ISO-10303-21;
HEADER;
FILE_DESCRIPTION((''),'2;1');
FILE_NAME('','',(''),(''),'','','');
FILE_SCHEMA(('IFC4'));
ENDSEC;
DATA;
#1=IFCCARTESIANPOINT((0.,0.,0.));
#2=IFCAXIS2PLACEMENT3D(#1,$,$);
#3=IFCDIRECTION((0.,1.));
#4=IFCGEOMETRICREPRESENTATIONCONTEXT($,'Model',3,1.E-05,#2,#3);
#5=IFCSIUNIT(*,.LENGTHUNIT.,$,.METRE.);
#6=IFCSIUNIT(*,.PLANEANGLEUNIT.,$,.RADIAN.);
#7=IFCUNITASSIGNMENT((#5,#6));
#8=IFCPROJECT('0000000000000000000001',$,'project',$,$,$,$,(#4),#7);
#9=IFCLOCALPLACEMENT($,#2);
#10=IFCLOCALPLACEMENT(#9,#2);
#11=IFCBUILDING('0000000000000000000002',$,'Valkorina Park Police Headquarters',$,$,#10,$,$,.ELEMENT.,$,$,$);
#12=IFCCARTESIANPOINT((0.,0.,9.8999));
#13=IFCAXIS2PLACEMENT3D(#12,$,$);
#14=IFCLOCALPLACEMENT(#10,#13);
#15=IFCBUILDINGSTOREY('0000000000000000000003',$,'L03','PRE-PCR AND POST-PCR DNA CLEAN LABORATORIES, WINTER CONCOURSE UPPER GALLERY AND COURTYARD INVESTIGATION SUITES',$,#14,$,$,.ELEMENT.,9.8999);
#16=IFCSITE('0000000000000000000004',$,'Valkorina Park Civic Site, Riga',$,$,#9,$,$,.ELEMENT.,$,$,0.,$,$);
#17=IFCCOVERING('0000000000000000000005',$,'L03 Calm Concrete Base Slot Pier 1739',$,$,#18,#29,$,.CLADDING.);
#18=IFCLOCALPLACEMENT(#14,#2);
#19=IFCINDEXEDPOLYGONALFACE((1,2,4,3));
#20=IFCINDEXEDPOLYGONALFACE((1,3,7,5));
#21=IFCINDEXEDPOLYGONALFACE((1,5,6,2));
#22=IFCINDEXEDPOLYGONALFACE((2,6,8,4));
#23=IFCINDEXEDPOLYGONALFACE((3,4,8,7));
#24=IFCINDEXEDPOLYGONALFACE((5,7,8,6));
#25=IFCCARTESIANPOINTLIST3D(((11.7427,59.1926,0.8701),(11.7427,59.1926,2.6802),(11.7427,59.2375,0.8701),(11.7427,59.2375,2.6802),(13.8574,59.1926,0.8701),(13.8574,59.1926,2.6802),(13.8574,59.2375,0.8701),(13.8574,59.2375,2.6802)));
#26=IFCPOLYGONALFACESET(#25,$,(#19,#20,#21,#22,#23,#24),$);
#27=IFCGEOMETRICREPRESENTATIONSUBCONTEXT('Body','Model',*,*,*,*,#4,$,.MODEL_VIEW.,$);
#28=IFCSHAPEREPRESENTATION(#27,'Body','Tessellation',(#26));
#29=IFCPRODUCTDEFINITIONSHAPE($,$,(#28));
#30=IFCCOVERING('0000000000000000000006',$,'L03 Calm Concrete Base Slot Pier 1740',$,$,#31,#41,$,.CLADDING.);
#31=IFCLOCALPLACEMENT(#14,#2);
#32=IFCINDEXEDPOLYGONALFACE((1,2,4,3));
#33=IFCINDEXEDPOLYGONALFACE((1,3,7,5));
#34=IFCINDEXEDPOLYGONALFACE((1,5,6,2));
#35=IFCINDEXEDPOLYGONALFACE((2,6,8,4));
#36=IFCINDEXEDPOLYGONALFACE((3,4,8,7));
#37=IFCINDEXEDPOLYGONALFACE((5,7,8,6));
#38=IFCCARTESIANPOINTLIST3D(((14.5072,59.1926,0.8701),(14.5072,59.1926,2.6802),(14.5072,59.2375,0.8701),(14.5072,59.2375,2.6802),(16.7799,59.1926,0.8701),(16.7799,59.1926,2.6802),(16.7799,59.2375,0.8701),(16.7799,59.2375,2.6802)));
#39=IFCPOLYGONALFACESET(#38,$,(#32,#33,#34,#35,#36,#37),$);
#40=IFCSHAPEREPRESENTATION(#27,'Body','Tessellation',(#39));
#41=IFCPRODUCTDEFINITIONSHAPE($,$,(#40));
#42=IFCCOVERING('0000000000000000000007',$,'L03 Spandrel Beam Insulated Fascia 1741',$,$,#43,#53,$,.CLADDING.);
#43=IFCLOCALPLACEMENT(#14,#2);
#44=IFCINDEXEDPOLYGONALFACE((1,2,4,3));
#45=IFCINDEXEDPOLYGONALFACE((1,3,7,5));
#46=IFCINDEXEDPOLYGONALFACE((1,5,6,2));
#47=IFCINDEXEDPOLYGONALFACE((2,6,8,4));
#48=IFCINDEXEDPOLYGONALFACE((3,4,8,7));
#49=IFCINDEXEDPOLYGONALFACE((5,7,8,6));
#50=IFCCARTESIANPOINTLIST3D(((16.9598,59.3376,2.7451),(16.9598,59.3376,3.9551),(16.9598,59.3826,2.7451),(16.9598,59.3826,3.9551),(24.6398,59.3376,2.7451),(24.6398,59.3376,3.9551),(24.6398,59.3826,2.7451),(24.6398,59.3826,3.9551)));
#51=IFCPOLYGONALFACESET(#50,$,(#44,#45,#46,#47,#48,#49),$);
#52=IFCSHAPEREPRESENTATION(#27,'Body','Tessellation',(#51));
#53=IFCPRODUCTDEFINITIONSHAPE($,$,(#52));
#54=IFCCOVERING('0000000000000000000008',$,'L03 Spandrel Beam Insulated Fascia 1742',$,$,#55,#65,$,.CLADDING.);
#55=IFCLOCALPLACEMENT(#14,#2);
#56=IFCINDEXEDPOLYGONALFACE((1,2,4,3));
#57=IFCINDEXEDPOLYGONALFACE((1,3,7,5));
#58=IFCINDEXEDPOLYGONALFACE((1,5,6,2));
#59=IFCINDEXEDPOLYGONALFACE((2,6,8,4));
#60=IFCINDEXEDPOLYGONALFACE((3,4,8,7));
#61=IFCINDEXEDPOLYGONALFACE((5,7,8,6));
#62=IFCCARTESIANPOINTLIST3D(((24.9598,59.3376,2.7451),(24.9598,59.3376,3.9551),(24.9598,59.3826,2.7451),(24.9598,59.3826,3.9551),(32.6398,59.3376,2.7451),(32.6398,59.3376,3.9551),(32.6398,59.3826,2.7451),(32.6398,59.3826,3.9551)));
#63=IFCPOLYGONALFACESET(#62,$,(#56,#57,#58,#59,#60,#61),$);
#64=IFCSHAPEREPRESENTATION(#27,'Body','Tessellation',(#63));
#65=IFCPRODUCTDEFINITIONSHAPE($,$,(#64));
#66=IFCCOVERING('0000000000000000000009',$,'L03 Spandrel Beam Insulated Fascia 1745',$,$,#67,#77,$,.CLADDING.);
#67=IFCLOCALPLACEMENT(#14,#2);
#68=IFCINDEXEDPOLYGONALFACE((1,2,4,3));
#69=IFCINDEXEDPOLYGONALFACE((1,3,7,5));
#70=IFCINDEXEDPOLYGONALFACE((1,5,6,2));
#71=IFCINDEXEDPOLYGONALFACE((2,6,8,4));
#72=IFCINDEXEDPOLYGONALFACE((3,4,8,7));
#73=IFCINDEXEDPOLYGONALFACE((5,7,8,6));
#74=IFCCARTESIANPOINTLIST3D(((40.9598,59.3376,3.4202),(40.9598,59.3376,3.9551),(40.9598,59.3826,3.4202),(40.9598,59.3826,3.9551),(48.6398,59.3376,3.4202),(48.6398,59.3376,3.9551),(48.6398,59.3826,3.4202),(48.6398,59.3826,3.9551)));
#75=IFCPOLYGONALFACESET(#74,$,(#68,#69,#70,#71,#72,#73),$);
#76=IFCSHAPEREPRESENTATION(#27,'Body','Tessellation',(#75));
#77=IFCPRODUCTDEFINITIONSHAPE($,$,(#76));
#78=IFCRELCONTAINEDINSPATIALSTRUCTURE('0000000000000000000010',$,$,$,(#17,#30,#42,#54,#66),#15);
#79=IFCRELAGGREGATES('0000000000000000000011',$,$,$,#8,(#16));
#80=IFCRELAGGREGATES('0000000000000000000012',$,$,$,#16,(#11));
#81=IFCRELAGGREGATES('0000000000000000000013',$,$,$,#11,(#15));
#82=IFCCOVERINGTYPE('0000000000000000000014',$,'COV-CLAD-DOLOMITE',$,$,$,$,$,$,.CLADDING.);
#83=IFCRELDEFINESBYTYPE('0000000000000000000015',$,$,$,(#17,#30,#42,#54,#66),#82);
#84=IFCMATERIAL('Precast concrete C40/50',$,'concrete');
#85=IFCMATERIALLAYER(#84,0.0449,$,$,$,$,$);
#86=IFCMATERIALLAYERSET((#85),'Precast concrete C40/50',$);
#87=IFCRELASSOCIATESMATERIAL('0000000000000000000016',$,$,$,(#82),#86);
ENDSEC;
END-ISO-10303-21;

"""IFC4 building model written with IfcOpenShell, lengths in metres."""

from ifc_helpers import new_model, si_unit, direction, frame, frame_2d, origin, place, context, subcontext, project, spatial, rectangle, extrude, material, layer, layer_set, type_object, element, save


model = new_model("IFC4")

# Units and contexts
model_context = context("Model", 3, precision=1e-05, world=origin(), true_north=direction((0.0, 1.0)))
body_context = subcontext(model_context, "Body", "Model", "MODEL_VIEW")
ifc_project = project(units=[si_unit("LENGTHUNIT", "METRE"), si_unit("PLANEANGLEUNIT", "RADIAN")], contexts=[model_context])

# Site, building, storey
site_placement = place(None, origin())
site = spatial("IfcSite", under=ifc_project, at=site_placement, Name="Valkorina Park Civic Site, Riga", CompositionType="ELEMENT", RefElevation=0.0)
building_placement = place(site_placement, origin())
building = spatial("IfcBuilding", under=site, at=building_placement, Name="Valkorina Park Police Headquarters", CompositionType="ELEMENT")
storey_placement = place(building_placement, frame((0.0, 0.0, 9.8999)))
storey = spatial("IfcBuildingStorey", under=building, at=storey_placement, Name="L03", Description="PRE-PCR AND POST-PCR DNA CLEAN LABORATORIES, WINTER CONCOURSE UPPER GALLERY AND COURTYARD INVESTIGATION SUITES", CompositionType="ELEMENT", Elevation=9.8999)

# Shared definitions
ifc_material_1 = material(Name="Precast concrete C40/50", Category="concrete")

# Coverings
ifc_layer_1 = layer(ifc_material_1, 0.0449)
ifc_layer_set_1 = layer_set([ifc_layer_1], Name="Precast concrete C40/50")
covering_type = type_object("IfcCoveringType", Name="COV-CLAD-DOLOMITE", PredefinedType="CLADDING", material=ifc_layer_set_1)
covering_1_placement = place(storey_placement, frame((11.7427, 59.2151, 0.8701), z_axis=(0.0, 0.0, 1.0), x_axis=(1.0, 0.0, 0.0)))
element("IfcCovering", 1, at=covering_1_placement, inside=storey, type_object=covering_type, Name="L03 Calm Concrete Base Slot Pier 1739", PredefinedType="CLADDING", context=body_context, shape_type="SweptSolid", body=[
    extrude(rectangle(XDim=2.1147, YDim=0.0449, at=frame_2d((1.0574, 0.0))), origin(), (0.0, 0.0, 1.0), 1.8101),
])
covering_2_placement = place(storey_placement, frame((14.5073, 59.2151, 0.8701), z_axis=(0.0, 0.0, 1.0), x_axis=(1.0, 0.0, 0.0)))
element("IfcCovering", 2, at=covering_2_placement, inside=storey, type_object=covering_type, Name="L03 Calm Concrete Base Slot Pier 1740", PredefinedType="CLADDING", context=body_context, shape_type="SweptSolid", body=[
    extrude(rectangle(XDim=2.2727, YDim=0.0449, at=frame_2d((1.1362, 0.0))), origin(), (0.0, 0.0, 1.0), 1.8101),
])
for number, where, z_axis, x_axis, name in (
    (3, (16.96, 59.3601, 2.7451), (0.0, 0.0, 1.0), (1.0, 0.0, 0.0), "L03 Spandrel Beam Insulated Fascia 1741"),
    (4, (24.96, 59.3601, 2.7451), (0.0, 0.0, 1.0), (1.0, 0.0, 0.0), "L03 Spandrel Beam Insulated Fascia 1742"),
):
    element("IfcCovering", number, at=place(storey_placement, frame(where, z_axis=z_axis, x_axis=x_axis)), inside=storey, type_object=covering_type, Name=name, PredefinedType="CLADDING", context=body_context, shape_type="SweptSolid", body=[
        extrude(rectangle(XDim=7.6799, YDim=0.0449, at=frame_2d((3.8398, 0.0))), origin(), (0.0, 0.0, 1.0), 1.21),
    ])
covering_3_placement = place(storey_placement, frame((40.96, 59.3601, 3.4202), z_axis=(0.0, 0.0, 1.0), x_axis=(1.0, 0.0, 0.0)))
element("IfcCovering", 5, at=covering_3_placement, inside=storey, type_object=covering_type, Name="L03 Spandrel Beam Insulated Fascia 1745", PredefinedType="CLADDING", context=body_context, shape_type="SweptSolid", body=[
    extrude(rectangle(XDim=7.6799, YDim=0.0449, at=frame_2d((3.8398, 0.0))), origin(), (0.0, 0.0, 1.0), 0.5349),
])

save(model, "model.ifc")
